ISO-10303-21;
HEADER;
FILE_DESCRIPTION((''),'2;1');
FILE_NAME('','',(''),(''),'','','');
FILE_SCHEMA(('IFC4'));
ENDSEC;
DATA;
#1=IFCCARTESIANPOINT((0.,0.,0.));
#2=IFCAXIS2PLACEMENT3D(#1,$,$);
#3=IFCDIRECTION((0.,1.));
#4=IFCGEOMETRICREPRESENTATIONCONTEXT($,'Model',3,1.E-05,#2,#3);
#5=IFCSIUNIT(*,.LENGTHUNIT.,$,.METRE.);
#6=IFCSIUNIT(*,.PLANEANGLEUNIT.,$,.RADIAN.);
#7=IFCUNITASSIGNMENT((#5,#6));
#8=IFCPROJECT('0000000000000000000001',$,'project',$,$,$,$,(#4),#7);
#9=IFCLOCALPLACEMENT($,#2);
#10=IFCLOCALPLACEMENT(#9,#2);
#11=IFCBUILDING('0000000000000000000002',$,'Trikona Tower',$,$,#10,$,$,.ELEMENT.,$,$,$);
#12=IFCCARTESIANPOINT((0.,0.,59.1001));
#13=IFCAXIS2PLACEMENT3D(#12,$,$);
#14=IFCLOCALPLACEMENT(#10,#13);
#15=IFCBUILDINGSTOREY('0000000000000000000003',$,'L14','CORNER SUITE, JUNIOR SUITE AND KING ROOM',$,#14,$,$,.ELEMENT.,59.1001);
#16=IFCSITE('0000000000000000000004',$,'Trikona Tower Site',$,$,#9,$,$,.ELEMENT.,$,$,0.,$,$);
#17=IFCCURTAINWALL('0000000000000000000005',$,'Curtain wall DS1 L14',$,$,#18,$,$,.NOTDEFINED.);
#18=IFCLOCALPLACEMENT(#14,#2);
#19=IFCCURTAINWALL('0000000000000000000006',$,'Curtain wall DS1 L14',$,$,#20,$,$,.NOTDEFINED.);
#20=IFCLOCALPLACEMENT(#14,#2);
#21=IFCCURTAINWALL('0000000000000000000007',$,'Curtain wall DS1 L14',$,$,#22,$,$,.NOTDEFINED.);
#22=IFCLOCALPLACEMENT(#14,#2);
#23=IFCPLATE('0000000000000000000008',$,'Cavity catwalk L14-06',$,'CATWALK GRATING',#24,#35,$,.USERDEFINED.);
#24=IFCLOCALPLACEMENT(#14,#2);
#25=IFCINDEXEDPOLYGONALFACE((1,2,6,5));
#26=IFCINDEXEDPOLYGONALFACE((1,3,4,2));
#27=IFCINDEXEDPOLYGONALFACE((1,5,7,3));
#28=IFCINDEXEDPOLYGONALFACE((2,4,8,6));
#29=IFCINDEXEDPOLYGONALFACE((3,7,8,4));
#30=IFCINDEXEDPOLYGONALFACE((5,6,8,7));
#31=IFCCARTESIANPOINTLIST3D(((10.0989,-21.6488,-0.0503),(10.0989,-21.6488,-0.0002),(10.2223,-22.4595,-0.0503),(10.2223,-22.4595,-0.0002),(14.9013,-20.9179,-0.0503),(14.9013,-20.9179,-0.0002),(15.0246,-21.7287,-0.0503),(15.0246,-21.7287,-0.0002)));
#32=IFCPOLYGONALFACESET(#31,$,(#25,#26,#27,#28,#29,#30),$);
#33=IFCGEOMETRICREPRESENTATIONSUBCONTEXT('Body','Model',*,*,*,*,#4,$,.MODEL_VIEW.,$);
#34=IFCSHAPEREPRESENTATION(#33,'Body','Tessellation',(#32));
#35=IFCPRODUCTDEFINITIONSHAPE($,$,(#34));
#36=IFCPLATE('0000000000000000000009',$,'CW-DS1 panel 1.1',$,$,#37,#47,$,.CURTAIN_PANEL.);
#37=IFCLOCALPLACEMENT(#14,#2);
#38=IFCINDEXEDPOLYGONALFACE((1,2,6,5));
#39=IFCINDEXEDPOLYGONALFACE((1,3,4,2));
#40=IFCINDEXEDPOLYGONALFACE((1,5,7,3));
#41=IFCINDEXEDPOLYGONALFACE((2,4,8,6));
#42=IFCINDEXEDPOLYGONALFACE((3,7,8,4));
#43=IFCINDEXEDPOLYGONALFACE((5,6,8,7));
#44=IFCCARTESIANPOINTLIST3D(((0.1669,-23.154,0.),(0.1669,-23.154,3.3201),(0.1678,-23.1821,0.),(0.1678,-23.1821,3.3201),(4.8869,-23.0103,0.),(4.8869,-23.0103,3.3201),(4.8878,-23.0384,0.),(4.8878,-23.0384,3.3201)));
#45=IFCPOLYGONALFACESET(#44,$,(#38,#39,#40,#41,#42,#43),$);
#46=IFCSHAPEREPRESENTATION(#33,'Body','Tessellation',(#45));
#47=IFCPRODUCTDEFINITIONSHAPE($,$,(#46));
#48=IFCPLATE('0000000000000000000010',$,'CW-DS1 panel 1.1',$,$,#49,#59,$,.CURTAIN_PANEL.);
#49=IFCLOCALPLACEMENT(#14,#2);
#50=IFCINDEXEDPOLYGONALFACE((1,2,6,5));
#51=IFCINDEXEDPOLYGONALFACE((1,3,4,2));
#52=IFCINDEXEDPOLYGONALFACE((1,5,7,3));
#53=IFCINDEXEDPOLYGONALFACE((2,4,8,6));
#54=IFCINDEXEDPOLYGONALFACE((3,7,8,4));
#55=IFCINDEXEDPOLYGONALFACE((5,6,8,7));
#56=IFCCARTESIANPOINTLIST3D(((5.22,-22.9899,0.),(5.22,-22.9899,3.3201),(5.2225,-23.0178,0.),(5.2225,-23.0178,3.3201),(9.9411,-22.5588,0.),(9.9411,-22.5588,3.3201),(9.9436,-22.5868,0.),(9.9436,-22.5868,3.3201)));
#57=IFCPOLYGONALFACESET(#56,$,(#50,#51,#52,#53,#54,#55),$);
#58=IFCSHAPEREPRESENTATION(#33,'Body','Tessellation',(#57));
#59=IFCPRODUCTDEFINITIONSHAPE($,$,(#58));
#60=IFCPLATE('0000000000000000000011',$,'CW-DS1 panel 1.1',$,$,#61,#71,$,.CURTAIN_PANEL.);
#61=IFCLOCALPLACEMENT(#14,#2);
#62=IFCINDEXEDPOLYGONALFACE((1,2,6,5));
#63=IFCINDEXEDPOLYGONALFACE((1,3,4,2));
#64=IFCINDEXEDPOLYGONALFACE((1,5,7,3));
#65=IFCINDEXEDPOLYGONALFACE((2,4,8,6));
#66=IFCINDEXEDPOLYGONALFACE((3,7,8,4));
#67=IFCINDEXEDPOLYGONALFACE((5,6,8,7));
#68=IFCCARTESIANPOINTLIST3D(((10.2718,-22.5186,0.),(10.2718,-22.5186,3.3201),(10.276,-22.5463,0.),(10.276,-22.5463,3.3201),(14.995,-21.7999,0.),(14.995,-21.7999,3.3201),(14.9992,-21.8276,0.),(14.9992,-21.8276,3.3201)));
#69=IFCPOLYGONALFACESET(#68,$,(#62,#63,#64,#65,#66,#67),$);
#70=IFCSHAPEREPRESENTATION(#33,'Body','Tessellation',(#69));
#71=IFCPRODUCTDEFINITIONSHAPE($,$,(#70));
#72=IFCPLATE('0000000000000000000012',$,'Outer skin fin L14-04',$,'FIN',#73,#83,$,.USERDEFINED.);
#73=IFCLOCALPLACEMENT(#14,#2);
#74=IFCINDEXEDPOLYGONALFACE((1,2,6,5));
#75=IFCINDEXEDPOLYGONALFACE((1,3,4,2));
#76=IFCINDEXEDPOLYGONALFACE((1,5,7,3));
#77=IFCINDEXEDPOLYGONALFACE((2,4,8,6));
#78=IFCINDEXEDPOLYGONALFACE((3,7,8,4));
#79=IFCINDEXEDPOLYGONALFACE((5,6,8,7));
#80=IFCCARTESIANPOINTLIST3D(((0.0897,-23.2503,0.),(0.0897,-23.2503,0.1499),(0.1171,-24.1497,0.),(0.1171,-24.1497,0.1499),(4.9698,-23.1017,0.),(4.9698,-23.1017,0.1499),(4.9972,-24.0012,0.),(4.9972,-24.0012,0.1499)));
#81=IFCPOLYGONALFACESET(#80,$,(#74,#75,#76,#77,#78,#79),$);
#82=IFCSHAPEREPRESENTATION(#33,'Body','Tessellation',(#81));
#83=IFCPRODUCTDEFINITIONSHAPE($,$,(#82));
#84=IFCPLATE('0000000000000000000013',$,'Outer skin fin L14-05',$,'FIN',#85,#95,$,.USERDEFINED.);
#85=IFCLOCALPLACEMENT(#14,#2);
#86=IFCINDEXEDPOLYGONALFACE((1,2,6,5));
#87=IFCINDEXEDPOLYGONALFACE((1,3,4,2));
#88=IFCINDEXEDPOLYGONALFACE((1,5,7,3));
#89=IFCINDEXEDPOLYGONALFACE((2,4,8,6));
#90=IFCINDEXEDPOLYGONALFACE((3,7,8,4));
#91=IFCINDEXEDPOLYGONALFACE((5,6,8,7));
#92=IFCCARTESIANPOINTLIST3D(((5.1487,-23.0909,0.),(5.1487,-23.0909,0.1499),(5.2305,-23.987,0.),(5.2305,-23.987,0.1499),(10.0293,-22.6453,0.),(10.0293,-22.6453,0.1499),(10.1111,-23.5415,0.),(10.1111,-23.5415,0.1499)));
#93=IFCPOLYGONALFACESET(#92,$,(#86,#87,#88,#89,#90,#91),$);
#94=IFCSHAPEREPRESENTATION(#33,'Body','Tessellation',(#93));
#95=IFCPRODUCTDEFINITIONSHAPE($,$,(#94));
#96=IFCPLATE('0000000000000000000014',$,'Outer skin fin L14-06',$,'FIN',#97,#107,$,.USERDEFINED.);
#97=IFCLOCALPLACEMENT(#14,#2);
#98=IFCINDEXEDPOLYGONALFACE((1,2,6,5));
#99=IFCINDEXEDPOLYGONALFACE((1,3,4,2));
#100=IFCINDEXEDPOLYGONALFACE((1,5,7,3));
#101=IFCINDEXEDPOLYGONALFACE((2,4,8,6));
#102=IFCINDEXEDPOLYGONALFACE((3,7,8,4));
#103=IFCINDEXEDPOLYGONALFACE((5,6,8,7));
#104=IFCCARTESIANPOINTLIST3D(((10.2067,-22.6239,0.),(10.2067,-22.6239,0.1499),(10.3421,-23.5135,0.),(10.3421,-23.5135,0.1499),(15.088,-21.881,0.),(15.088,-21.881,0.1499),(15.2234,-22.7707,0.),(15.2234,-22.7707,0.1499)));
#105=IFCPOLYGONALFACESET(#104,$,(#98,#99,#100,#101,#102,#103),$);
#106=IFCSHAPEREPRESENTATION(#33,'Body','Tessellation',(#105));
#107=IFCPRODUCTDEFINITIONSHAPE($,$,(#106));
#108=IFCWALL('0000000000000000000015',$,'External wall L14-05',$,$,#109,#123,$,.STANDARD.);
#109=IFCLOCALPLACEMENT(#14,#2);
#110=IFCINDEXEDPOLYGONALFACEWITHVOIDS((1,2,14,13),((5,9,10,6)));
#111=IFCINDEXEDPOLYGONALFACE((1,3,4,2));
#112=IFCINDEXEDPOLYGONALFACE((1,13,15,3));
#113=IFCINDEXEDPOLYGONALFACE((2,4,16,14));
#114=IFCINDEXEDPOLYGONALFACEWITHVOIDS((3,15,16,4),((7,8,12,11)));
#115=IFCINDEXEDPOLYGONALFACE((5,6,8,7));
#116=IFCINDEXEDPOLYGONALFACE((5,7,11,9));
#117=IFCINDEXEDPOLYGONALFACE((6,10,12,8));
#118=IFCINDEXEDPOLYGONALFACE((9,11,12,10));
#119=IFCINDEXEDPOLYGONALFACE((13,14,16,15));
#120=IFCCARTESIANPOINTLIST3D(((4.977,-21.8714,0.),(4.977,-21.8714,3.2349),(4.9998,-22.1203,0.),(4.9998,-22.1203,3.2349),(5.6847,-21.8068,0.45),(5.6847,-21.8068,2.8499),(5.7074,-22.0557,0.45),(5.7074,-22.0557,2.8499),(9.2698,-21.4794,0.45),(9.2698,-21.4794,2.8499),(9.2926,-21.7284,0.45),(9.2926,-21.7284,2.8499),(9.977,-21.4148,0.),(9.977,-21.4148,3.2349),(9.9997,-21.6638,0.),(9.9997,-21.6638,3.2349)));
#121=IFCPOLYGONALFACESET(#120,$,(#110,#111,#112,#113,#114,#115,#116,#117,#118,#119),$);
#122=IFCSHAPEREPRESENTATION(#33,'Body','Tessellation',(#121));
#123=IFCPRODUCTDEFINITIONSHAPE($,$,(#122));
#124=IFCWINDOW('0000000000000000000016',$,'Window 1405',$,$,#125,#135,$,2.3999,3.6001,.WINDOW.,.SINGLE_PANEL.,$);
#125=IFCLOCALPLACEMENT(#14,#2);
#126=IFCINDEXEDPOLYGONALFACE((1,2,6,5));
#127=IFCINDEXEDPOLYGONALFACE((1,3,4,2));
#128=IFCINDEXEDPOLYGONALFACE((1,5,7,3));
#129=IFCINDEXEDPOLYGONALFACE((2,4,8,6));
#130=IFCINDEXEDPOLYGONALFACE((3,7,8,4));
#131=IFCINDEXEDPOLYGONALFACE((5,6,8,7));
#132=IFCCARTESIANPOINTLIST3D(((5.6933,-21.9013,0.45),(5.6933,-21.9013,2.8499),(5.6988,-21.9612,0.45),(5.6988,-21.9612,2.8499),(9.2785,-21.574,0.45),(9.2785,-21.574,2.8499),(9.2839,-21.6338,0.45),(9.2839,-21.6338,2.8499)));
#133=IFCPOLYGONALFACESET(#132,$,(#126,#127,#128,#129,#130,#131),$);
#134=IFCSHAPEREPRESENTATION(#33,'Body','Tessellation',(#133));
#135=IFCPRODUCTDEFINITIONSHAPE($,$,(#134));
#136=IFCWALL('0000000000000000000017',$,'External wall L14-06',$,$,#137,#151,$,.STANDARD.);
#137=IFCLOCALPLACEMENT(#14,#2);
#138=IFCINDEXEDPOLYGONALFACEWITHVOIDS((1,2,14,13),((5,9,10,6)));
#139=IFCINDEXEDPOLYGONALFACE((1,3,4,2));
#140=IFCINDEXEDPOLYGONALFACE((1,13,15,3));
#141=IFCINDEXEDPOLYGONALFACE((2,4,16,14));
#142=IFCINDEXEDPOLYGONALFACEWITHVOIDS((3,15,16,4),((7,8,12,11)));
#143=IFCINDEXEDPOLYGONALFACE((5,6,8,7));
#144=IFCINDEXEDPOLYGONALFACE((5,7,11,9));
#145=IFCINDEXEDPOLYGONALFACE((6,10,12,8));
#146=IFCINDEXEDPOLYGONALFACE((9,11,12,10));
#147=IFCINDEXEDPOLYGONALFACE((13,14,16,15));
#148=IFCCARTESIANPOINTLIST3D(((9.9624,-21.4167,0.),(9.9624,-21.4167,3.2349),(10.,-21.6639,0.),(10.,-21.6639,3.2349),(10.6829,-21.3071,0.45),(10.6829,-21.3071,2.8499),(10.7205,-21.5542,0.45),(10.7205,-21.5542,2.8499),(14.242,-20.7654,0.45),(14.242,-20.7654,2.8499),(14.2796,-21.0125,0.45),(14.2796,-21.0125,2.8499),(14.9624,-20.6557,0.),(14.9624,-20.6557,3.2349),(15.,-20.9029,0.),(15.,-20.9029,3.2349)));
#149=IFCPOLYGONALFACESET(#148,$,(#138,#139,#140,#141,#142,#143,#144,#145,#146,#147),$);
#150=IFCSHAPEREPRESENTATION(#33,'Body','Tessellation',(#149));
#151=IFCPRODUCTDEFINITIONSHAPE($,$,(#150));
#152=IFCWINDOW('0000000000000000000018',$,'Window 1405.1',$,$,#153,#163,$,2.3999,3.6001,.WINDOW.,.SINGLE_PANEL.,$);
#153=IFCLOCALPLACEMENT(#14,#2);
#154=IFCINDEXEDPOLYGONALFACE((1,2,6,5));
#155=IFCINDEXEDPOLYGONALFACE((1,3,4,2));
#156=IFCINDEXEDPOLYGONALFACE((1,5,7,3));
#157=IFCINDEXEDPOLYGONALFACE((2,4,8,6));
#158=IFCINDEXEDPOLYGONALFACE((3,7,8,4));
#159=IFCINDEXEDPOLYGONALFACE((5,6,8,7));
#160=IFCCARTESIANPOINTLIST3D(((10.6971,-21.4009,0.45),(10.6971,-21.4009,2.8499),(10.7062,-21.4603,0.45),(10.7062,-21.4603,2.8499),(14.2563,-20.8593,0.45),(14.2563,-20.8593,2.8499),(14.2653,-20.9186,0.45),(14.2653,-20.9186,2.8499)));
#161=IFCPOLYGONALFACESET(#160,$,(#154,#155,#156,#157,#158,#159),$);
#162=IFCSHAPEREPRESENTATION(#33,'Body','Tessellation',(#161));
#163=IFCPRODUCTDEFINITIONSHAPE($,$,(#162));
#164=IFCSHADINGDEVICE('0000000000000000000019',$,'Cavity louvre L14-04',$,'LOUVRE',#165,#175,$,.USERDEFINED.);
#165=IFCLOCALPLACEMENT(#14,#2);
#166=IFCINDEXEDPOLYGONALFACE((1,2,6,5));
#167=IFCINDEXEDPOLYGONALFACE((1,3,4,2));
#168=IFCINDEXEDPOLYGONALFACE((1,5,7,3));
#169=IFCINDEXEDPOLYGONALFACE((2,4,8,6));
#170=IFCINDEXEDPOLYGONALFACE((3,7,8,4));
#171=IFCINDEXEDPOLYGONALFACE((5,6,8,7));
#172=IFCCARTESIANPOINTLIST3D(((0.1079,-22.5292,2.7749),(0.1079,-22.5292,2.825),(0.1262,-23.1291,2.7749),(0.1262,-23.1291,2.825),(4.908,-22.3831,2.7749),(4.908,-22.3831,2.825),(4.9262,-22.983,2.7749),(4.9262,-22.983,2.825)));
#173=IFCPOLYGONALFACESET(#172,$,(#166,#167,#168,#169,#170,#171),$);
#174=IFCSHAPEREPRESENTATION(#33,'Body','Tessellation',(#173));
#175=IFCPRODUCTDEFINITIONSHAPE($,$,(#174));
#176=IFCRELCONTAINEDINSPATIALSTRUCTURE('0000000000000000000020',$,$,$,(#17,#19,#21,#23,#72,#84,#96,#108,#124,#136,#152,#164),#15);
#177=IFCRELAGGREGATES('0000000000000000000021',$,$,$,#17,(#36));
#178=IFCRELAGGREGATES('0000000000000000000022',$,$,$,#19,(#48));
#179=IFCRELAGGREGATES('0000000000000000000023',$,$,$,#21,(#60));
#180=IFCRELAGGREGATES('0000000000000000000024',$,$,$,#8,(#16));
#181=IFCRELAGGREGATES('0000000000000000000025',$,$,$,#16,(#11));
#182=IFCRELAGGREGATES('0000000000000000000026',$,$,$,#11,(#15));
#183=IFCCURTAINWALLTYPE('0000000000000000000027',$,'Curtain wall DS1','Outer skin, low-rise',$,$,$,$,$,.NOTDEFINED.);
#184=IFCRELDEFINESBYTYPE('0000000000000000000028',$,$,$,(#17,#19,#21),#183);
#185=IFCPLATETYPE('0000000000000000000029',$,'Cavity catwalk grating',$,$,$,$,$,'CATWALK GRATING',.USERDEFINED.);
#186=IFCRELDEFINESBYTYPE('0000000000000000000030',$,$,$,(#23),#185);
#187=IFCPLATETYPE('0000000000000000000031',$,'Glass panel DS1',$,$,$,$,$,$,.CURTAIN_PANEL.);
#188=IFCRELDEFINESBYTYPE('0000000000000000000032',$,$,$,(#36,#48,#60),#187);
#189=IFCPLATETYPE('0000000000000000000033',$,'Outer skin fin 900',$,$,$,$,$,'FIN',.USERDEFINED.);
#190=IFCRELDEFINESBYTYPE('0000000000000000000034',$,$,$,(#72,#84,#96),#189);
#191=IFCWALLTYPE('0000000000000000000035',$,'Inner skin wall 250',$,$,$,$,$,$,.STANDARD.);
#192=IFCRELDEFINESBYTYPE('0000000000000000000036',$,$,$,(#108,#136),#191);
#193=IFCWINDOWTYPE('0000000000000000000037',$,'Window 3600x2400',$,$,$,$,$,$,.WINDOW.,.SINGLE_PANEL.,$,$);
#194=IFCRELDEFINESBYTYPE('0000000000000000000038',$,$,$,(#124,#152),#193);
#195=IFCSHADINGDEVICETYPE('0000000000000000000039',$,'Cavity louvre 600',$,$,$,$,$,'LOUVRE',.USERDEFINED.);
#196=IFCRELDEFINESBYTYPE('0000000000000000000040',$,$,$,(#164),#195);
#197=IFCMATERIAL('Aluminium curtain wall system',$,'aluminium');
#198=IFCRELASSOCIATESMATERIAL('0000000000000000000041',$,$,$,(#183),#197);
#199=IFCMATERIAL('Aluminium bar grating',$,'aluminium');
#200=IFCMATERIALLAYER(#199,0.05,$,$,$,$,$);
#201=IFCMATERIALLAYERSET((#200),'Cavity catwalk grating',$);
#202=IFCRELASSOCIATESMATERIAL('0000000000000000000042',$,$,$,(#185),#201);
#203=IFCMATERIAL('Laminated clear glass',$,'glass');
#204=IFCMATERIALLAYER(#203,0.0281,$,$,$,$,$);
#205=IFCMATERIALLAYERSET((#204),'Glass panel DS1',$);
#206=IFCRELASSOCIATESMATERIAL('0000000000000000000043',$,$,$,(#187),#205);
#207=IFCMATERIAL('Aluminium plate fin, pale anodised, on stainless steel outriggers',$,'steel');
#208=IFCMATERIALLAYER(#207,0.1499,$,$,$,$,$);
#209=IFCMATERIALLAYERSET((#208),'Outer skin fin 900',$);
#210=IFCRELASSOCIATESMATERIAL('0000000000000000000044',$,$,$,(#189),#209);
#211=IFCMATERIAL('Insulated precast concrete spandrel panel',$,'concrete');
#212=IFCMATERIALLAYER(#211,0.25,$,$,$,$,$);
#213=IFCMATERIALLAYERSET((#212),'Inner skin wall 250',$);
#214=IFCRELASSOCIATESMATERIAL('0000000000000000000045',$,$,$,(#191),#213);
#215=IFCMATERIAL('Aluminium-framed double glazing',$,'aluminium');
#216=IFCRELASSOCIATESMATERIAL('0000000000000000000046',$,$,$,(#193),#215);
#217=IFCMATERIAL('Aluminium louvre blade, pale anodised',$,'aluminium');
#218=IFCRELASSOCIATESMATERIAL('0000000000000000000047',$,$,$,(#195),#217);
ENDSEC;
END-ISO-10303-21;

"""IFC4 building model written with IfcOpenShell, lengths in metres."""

from ifc_helpers import new_model, si_unit, direction, frame, frame_2d, origin, origin_2d, place, context, subcontext, project, spatial, rectangle, extrude, material, layer, layer_set, type_object, element, fill, aggregate, save


model = new_model("IFC4")

# Units and contexts
model_context = context("Model", 3, precision=1e-05, world=origin(), true_north=direction((0.0, 1.0)))
body_context = subcontext(model_context, "Body", "Model", "MODEL_VIEW")
ifc_project = project(units=[si_unit("LENGTHUNIT", "METRE"), si_unit("PLANEANGLEUNIT", "RADIAN")], contexts=[model_context])

# Site, building, storey
site_placement = place(None, origin())
site = spatial("IfcSite", under=ifc_project, at=site_placement, Name="Trikona Tower Site", CompositionType="ELEMENT", RefElevation=0.0)
building_placement = place(site_placement, origin())
building = spatial("IfcBuilding", under=site, at=building_placement, Name="Trikona Tower", CompositionType="ELEMENT")
storey_placement = place(building_placement, frame((0.0, 0.0, 59.1001)))
storey = spatial("IfcBuildingStorey", under=building, at=storey_placement, Name="L14", Description="CORNER SUITE, JUNIOR SUITE AND KING ROOM", CompositionType="ELEMENT", Elevation=59.1001)

# Curtain walls
ifc_material_1 = material(Name="Aluminium curtain wall system", Category="aluminium")
curtain_wall_type = type_object("IfcCurtainWallType", Name="Curtain wall DS1", Description="Outer skin, low-rise", PredefinedType="NOTDEFINED", material=ifc_material_1)
curtain_wall_1_placement = place(storey_placement, origin())
curtain_wall_1 = element("IfcCurtainWall", 1, at=curtain_wall_1_placement, inside=storey, type_object=curtain_wall_type, Name="Curtain wall DS1 L14", PredefinedType="NOTDEFINED")
curtain_wall_2_placement = place(storey_placement, origin())
curtain_wall_2 = element("IfcCurtainWall", 2, at=curtain_wall_2_placement, inside=storey, type_object=curtain_wall_type, Name="Curtain wall DS1 L14", PredefinedType="NOTDEFINED")

# Curtain wall
curtain_wall_3_placement = place(storey_placement, origin())
curtain_wall_3 = element("IfcCurtainWall", 3, at=curtain_wall_3_placement, inside=storey, type_object=curtain_wall_type, Name="Curtain wall DS1 L14", PredefinedType="NOTDEFINED")

# Plate
ifc_material_2 = material(Name="Aluminium bar grating", Category="aluminium")
ifc_layer_1 = layer(ifc_material_2, 0.05)
ifc_layer_set_1 = layer_set([ifc_layer_1], Name="Cavity catwalk grating")
plate_type_1 = type_object("IfcPlateType", Name="Cavity catwalk grating", ElementType="CATWALK GRATING", PredefinedType="USERDEFINED", material=ifc_layer_set_1)
plate_1_placement = place(storey_placement, frame((12.5618, -21.6887, -0.0503), z_axis=(0.0, 0.0, 1.0), x_axis=(0.988618, 0.150448, 0.0)))
element("IfcPlate", 4, at=plate_1_placement, inside=storey, type_object=plate_type_1, Name="Cavity catwalk L14-06", ObjectType="CATWALK GRATING", PredefinedType="USERDEFINED", context=body_context, shape_type="SweptSolid", body=[
    extrude(rectangle(XDim=4.8577, YDim=0.8201, at=origin_2d()), origin(), (0.0, 0.0, 1.0), 0.05),
])

# Plates
ifc_material_3 = material(Name="Laminated clear glass", Category="glass")
ifc_layer_2 = layer(ifc_material_3, 0.0281)
ifc_layer_set_2 = layer_set([ifc_layer_2], Name="Glass panel DS1")
plate_type_2 = type_object("IfcPlateType", Name="Glass panel DS1", PredefinedType="CURTAIN_PANEL", material=ifc_layer_set_2)
plate_2_placement = place(storey_placement, frame((2.5273, -23.0962, 0.0), z_axis=(0.0, 0.0, 1.0), x_axis=(0.999537, 0.030437, 0.0)))
plate_2 = element("IfcPlate", 5, at=plate_2_placement, type_object=plate_type_2, Name="CW-DS1 panel 1.1", PredefinedType="CURTAIN_PANEL", context=body_context, shape_type="SweptSolid", body=[
    extrude(rectangle(XDim=4.7222, YDim=0.0281, at=origin_2d()), origin(), (0.0, 0.0, 1.0), 3.3201),
])
aggregate(curtain_wall_1, [plate_2])
plate_3_placement = place(storey_placement, frame((7.5818, -22.7883, 0.0), z_axis=(0.0, 0.0, 1.0), x_axis=(0.995858, 0.090924, 0.0)))
plate_3 = element("IfcPlate", 6, at=plate_3_placement, type_object=plate_type_2, Name="CW-DS1 panel 1.1", PredefinedType="CURTAIN_PANEL", context=body_context, shape_type="SweptSolid", body=[
    extrude(rectangle(XDim=4.7407, YDim=0.0281, at=origin_2d()), origin(), (0.0, 0.0, 1.0), 3.3201),
])
aggregate(curtain_wall_2, [plate_3])
plate_4_placement = place(storey_placement, frame((12.6355, -22.1731, 0.0), z_axis=(0.0, 0.0, 1.0), x_axis=(0.988619, 0.150438, 0.0)))
plate_4 = element("IfcPlate", 7, at=plate_4_placement, type_object=plate_type_2, Name="CW-DS1 panel 1.1", PredefinedType="CURTAIN_PANEL", context=body_context, shape_type="SweptSolid", body=[
    extrude(rectangle(XDim=4.7776, YDim=0.0281, at=origin_2d()), origin(), (0.0, 0.0, 1.0), 3.3201),
])
aggregate(curtain_wall_3, [plate_4])

# Plates
ifc_material_4 = material(Name="Aluminium plate fin, pale anodised, on stainless steel outriggers", Category="steel")
ifc_layer_3 = layer(ifc_material_4, 0.1499)
ifc_layer_set_3 = layer_set([ifc_layer_3], Name="Outer skin fin 900")
plate_type_3 = type_object("IfcPlateType", Name="Outer skin fin 900", ElementType="FIN", PredefinedType="USERDEFINED", material=ifc_layer_set_3)
plate_5_placement = place(storey_placement, frame((2.5435, -23.6257, 0.0), z_axis=(0.0, 0.0, 1.0), x_axis=(0.999537, 0.030425, 0.0)))
element("IfcPlate", 8, at=plate_5_placement, inside=storey, type_object=plate_type_3, Name="Outer skin fin L14-04", ObjectType="FIN", PredefinedType="USERDEFINED", context=body_context, shape_type="SweptSolid", body=[
    extrude(rectangle(XDim=4.8823, YDim=0.8999, at=origin_2d()), origin(), (0.0, 0.0, 1.0), 0.1499),
])
plate_6_placement = place(storey_placement, frame((7.6299, -23.3162, 0.0), z_axis=(0.0, 0.0, 1.0), x_axis=(0.995858, 0.090921, 0.0)))
element("IfcPlate", 9, at=plate_6_placement, inside=storey, type_object=plate_type_3, Name="Outer skin fin L14-05", ObjectType="FIN", PredefinedType="USERDEFINED", context=body_context, shape_type="SweptSolid", body=[
    extrude(rectangle(XDim=4.9009, YDim=0.8999, at=origin_2d()), origin(), (0.0, 0.0, 1.0), 0.1499),
])
plate_7_placement = place(storey_placement, frame((12.7151, -22.6973, 0.0), z_axis=(0.0, 0.0, 1.0), x_axis=(0.988618, 0.150448, 0.0)))
element("IfcPlate", 10, at=plate_7_placement, inside=storey, type_object=plate_type_3, Name="Outer skin fin L14-06", ObjectType="FIN", PredefinedType="USERDEFINED", context=body_context, shape_type="SweptSolid", body=[
    extrude(rectangle(XDim=4.9375, YDim=0.8999, at=origin_2d()), origin(), (0.0, 0.0, 1.0), 0.1499),
])

# Walls, openings, windows
ifc_material_5 = material(Name="Insulated precast concrete spandrel panel", Category="concrete")
ifc_layer_4 = layer(ifc_material_5, 0.25)
ifc_layer_set_4 = layer_set([ifc_layer_4], Name="Inner skin wall 250")
wall_type = type_object("IfcWallType", Name="Inner skin wall 250", PredefinedType="STANDARD", material=ifc_layer_set_4)
wall_1_placement = place(storey_placement, frame((4.9885, -21.9958, 0.0), z_axis=(0.0, 0.0, 1.0), x_axis=(0.995857, 0.09093, 0.0)))
wall_1 = element("IfcWall", 11, at=wall_1_placement, inside=storey, type_object=wall_type, Name="External wall L14-05", PredefinedType="STANDARD", context=body_context, shape_type="SweptSolid", body=[
    extrude(rectangle(XDim=5.0208, YDim=0.25, at=frame_2d((2.5103, 0.0))), origin(), (0.0, 0.0, 1.0), 3.2349),
])
opening_1_placement = place(wall_1_placement, frame((0.7104, 0.0, 0.45)))
opening_1 = element("IfcOpeningElement", 12, at=opening_1_placement, cuts=wall_1, PredefinedType="OPENING", context=body_context, shape_type="SweptSolid", body=[
    extrude(rectangle(XDim=3.6001, YDim=2.3999, at=frame_2d((1.8, 1.2))), frame((0.0, 0.135, 0.0), z_axis=(0.0, -1.0, 0.0), x_axis=(1.0, 0.0, 0.0)), (0.0, 0.0, 1.0), 0.27),
])
ifc_material_6 = material(Name="Aluminium-framed double glazing", Category="aluminium")
window_type = type_object("IfcWindowType", Name="Window 3600x2400", PartitioningType="SINGLE_PANEL", PredefinedType="WINDOW", material=ifc_material_6)
window_1_placement = place(opening_1_placement, origin())
window_1 = element("IfcWindow", 13, at=window_1_placement, inside=storey, type_object=window_type, Name="Window 1405", OverallHeight=2.3999, OverallWidth=3.6001, PartitioningType="SINGLE_PANEL", PredefinedType="WINDOW", context=body_context, shape_type="SweptSolid", body=[
    extrude(rectangle(XDim=3.6001, YDim=2.3999, at=frame_2d((1.8, 1.2))), frame((0.0, 0.03, 0.0), z_axis=(0.0, -1.0, 0.0), x_axis=(1.0, 0.0, 0.0)), (0.0, 0.0, 1.0), 0.0601),
])
fill(opening_1, window_1)
wall_2_placement = place(storey_placement, frame((9.9812, -21.5403, 0.0), z_axis=(0.0, 0.0, 1.0), x_axis=(0.988615, 0.150465, 0.0)))
wall_2 = element("IfcWall", 14, at=wall_2_placement, inside=storey, type_object=wall_type, Name="External wall L14-06", PredefinedType="STANDARD", context=body_context, shape_type="SweptSolid", body=[
    extrude(rectangle(XDim=5.0576, YDim=0.25, at=frame_2d((2.5288, 0.0))), origin(), (0.0, 0.0, 1.0), 3.2349),
])
opening_2_placement = place(wall_2_placement, frame((0.7288, 0.0, 0.45)))
opening_2 = element("IfcOpeningElement", 15, at=opening_2_placement, cuts=wall_2, PredefinedType="OPENING", context=body_context, shape_type="SweptSolid", body=[
    extrude(rectangle(XDim=3.6001, YDim=2.3999, at=frame_2d((1.8, 1.2))), frame((0.0, 0.135, 0.0), z_axis=(0.0, -1.0, 0.0), x_axis=(1.0, 0.0, 0.0)), (0.0, 0.0, 1.0), 0.27),
])
window_2_placement = place(opening_2_placement, origin())
window_2 = element("IfcWindow", 16, at=window_2_placement, inside=storey, type_object=window_type, Name="Window 1405.1", OverallHeight=2.3999, OverallWidth=3.6001, PartitioningType="SINGLE_PANEL", PredefinedType="WINDOW", context=body_context, shape_type="SweptSolid", body=[
    extrude(rectangle(XDim=3.6001, YDim=2.3999, at=frame_2d((1.8, 1.2))), frame((0.0, 0.03, 0.0), z_axis=(0.0, -1.0, 0.0), x_axis=(1.0, 0.0, 0.0)), (0.0, 0.0, 1.0), 0.0601),
])
fill(opening_2, window_2)

# Shading device
ifc_material_7 = material(Name="Aluminium louvre blade, pale anodised", Category="aluminium")
shading_device_type = type_object("IfcShadingDeviceType", Name="Cavity louvre 600", ElementType="LOUVRE", PredefinedType="USERDEFINED", material=ifc_material_7)
shading_device_1_placement = place(storey_placement, frame((2.5171, -22.7561, 2.7749), z_axis=(0.0, 0.0, 1.0), x_axis=(0.999537, 0.030425, 0.0)))
element("IfcShadingDevice", 17, at=shading_device_1_placement, inside=storey, type_object=shading_device_type, Name="Cavity louvre L14-04", ObjectType="LOUVRE", PredefinedType="USERDEFINED", context=body_context, shape_type="SweptSolid", body=[
    extrude(rectangle(XDim=4.8022, YDim=0.6001, at=origin_2d()), origin(), (0.0, 0.0, 1.0), 0.05),
])

save(model, "model.ifc")
